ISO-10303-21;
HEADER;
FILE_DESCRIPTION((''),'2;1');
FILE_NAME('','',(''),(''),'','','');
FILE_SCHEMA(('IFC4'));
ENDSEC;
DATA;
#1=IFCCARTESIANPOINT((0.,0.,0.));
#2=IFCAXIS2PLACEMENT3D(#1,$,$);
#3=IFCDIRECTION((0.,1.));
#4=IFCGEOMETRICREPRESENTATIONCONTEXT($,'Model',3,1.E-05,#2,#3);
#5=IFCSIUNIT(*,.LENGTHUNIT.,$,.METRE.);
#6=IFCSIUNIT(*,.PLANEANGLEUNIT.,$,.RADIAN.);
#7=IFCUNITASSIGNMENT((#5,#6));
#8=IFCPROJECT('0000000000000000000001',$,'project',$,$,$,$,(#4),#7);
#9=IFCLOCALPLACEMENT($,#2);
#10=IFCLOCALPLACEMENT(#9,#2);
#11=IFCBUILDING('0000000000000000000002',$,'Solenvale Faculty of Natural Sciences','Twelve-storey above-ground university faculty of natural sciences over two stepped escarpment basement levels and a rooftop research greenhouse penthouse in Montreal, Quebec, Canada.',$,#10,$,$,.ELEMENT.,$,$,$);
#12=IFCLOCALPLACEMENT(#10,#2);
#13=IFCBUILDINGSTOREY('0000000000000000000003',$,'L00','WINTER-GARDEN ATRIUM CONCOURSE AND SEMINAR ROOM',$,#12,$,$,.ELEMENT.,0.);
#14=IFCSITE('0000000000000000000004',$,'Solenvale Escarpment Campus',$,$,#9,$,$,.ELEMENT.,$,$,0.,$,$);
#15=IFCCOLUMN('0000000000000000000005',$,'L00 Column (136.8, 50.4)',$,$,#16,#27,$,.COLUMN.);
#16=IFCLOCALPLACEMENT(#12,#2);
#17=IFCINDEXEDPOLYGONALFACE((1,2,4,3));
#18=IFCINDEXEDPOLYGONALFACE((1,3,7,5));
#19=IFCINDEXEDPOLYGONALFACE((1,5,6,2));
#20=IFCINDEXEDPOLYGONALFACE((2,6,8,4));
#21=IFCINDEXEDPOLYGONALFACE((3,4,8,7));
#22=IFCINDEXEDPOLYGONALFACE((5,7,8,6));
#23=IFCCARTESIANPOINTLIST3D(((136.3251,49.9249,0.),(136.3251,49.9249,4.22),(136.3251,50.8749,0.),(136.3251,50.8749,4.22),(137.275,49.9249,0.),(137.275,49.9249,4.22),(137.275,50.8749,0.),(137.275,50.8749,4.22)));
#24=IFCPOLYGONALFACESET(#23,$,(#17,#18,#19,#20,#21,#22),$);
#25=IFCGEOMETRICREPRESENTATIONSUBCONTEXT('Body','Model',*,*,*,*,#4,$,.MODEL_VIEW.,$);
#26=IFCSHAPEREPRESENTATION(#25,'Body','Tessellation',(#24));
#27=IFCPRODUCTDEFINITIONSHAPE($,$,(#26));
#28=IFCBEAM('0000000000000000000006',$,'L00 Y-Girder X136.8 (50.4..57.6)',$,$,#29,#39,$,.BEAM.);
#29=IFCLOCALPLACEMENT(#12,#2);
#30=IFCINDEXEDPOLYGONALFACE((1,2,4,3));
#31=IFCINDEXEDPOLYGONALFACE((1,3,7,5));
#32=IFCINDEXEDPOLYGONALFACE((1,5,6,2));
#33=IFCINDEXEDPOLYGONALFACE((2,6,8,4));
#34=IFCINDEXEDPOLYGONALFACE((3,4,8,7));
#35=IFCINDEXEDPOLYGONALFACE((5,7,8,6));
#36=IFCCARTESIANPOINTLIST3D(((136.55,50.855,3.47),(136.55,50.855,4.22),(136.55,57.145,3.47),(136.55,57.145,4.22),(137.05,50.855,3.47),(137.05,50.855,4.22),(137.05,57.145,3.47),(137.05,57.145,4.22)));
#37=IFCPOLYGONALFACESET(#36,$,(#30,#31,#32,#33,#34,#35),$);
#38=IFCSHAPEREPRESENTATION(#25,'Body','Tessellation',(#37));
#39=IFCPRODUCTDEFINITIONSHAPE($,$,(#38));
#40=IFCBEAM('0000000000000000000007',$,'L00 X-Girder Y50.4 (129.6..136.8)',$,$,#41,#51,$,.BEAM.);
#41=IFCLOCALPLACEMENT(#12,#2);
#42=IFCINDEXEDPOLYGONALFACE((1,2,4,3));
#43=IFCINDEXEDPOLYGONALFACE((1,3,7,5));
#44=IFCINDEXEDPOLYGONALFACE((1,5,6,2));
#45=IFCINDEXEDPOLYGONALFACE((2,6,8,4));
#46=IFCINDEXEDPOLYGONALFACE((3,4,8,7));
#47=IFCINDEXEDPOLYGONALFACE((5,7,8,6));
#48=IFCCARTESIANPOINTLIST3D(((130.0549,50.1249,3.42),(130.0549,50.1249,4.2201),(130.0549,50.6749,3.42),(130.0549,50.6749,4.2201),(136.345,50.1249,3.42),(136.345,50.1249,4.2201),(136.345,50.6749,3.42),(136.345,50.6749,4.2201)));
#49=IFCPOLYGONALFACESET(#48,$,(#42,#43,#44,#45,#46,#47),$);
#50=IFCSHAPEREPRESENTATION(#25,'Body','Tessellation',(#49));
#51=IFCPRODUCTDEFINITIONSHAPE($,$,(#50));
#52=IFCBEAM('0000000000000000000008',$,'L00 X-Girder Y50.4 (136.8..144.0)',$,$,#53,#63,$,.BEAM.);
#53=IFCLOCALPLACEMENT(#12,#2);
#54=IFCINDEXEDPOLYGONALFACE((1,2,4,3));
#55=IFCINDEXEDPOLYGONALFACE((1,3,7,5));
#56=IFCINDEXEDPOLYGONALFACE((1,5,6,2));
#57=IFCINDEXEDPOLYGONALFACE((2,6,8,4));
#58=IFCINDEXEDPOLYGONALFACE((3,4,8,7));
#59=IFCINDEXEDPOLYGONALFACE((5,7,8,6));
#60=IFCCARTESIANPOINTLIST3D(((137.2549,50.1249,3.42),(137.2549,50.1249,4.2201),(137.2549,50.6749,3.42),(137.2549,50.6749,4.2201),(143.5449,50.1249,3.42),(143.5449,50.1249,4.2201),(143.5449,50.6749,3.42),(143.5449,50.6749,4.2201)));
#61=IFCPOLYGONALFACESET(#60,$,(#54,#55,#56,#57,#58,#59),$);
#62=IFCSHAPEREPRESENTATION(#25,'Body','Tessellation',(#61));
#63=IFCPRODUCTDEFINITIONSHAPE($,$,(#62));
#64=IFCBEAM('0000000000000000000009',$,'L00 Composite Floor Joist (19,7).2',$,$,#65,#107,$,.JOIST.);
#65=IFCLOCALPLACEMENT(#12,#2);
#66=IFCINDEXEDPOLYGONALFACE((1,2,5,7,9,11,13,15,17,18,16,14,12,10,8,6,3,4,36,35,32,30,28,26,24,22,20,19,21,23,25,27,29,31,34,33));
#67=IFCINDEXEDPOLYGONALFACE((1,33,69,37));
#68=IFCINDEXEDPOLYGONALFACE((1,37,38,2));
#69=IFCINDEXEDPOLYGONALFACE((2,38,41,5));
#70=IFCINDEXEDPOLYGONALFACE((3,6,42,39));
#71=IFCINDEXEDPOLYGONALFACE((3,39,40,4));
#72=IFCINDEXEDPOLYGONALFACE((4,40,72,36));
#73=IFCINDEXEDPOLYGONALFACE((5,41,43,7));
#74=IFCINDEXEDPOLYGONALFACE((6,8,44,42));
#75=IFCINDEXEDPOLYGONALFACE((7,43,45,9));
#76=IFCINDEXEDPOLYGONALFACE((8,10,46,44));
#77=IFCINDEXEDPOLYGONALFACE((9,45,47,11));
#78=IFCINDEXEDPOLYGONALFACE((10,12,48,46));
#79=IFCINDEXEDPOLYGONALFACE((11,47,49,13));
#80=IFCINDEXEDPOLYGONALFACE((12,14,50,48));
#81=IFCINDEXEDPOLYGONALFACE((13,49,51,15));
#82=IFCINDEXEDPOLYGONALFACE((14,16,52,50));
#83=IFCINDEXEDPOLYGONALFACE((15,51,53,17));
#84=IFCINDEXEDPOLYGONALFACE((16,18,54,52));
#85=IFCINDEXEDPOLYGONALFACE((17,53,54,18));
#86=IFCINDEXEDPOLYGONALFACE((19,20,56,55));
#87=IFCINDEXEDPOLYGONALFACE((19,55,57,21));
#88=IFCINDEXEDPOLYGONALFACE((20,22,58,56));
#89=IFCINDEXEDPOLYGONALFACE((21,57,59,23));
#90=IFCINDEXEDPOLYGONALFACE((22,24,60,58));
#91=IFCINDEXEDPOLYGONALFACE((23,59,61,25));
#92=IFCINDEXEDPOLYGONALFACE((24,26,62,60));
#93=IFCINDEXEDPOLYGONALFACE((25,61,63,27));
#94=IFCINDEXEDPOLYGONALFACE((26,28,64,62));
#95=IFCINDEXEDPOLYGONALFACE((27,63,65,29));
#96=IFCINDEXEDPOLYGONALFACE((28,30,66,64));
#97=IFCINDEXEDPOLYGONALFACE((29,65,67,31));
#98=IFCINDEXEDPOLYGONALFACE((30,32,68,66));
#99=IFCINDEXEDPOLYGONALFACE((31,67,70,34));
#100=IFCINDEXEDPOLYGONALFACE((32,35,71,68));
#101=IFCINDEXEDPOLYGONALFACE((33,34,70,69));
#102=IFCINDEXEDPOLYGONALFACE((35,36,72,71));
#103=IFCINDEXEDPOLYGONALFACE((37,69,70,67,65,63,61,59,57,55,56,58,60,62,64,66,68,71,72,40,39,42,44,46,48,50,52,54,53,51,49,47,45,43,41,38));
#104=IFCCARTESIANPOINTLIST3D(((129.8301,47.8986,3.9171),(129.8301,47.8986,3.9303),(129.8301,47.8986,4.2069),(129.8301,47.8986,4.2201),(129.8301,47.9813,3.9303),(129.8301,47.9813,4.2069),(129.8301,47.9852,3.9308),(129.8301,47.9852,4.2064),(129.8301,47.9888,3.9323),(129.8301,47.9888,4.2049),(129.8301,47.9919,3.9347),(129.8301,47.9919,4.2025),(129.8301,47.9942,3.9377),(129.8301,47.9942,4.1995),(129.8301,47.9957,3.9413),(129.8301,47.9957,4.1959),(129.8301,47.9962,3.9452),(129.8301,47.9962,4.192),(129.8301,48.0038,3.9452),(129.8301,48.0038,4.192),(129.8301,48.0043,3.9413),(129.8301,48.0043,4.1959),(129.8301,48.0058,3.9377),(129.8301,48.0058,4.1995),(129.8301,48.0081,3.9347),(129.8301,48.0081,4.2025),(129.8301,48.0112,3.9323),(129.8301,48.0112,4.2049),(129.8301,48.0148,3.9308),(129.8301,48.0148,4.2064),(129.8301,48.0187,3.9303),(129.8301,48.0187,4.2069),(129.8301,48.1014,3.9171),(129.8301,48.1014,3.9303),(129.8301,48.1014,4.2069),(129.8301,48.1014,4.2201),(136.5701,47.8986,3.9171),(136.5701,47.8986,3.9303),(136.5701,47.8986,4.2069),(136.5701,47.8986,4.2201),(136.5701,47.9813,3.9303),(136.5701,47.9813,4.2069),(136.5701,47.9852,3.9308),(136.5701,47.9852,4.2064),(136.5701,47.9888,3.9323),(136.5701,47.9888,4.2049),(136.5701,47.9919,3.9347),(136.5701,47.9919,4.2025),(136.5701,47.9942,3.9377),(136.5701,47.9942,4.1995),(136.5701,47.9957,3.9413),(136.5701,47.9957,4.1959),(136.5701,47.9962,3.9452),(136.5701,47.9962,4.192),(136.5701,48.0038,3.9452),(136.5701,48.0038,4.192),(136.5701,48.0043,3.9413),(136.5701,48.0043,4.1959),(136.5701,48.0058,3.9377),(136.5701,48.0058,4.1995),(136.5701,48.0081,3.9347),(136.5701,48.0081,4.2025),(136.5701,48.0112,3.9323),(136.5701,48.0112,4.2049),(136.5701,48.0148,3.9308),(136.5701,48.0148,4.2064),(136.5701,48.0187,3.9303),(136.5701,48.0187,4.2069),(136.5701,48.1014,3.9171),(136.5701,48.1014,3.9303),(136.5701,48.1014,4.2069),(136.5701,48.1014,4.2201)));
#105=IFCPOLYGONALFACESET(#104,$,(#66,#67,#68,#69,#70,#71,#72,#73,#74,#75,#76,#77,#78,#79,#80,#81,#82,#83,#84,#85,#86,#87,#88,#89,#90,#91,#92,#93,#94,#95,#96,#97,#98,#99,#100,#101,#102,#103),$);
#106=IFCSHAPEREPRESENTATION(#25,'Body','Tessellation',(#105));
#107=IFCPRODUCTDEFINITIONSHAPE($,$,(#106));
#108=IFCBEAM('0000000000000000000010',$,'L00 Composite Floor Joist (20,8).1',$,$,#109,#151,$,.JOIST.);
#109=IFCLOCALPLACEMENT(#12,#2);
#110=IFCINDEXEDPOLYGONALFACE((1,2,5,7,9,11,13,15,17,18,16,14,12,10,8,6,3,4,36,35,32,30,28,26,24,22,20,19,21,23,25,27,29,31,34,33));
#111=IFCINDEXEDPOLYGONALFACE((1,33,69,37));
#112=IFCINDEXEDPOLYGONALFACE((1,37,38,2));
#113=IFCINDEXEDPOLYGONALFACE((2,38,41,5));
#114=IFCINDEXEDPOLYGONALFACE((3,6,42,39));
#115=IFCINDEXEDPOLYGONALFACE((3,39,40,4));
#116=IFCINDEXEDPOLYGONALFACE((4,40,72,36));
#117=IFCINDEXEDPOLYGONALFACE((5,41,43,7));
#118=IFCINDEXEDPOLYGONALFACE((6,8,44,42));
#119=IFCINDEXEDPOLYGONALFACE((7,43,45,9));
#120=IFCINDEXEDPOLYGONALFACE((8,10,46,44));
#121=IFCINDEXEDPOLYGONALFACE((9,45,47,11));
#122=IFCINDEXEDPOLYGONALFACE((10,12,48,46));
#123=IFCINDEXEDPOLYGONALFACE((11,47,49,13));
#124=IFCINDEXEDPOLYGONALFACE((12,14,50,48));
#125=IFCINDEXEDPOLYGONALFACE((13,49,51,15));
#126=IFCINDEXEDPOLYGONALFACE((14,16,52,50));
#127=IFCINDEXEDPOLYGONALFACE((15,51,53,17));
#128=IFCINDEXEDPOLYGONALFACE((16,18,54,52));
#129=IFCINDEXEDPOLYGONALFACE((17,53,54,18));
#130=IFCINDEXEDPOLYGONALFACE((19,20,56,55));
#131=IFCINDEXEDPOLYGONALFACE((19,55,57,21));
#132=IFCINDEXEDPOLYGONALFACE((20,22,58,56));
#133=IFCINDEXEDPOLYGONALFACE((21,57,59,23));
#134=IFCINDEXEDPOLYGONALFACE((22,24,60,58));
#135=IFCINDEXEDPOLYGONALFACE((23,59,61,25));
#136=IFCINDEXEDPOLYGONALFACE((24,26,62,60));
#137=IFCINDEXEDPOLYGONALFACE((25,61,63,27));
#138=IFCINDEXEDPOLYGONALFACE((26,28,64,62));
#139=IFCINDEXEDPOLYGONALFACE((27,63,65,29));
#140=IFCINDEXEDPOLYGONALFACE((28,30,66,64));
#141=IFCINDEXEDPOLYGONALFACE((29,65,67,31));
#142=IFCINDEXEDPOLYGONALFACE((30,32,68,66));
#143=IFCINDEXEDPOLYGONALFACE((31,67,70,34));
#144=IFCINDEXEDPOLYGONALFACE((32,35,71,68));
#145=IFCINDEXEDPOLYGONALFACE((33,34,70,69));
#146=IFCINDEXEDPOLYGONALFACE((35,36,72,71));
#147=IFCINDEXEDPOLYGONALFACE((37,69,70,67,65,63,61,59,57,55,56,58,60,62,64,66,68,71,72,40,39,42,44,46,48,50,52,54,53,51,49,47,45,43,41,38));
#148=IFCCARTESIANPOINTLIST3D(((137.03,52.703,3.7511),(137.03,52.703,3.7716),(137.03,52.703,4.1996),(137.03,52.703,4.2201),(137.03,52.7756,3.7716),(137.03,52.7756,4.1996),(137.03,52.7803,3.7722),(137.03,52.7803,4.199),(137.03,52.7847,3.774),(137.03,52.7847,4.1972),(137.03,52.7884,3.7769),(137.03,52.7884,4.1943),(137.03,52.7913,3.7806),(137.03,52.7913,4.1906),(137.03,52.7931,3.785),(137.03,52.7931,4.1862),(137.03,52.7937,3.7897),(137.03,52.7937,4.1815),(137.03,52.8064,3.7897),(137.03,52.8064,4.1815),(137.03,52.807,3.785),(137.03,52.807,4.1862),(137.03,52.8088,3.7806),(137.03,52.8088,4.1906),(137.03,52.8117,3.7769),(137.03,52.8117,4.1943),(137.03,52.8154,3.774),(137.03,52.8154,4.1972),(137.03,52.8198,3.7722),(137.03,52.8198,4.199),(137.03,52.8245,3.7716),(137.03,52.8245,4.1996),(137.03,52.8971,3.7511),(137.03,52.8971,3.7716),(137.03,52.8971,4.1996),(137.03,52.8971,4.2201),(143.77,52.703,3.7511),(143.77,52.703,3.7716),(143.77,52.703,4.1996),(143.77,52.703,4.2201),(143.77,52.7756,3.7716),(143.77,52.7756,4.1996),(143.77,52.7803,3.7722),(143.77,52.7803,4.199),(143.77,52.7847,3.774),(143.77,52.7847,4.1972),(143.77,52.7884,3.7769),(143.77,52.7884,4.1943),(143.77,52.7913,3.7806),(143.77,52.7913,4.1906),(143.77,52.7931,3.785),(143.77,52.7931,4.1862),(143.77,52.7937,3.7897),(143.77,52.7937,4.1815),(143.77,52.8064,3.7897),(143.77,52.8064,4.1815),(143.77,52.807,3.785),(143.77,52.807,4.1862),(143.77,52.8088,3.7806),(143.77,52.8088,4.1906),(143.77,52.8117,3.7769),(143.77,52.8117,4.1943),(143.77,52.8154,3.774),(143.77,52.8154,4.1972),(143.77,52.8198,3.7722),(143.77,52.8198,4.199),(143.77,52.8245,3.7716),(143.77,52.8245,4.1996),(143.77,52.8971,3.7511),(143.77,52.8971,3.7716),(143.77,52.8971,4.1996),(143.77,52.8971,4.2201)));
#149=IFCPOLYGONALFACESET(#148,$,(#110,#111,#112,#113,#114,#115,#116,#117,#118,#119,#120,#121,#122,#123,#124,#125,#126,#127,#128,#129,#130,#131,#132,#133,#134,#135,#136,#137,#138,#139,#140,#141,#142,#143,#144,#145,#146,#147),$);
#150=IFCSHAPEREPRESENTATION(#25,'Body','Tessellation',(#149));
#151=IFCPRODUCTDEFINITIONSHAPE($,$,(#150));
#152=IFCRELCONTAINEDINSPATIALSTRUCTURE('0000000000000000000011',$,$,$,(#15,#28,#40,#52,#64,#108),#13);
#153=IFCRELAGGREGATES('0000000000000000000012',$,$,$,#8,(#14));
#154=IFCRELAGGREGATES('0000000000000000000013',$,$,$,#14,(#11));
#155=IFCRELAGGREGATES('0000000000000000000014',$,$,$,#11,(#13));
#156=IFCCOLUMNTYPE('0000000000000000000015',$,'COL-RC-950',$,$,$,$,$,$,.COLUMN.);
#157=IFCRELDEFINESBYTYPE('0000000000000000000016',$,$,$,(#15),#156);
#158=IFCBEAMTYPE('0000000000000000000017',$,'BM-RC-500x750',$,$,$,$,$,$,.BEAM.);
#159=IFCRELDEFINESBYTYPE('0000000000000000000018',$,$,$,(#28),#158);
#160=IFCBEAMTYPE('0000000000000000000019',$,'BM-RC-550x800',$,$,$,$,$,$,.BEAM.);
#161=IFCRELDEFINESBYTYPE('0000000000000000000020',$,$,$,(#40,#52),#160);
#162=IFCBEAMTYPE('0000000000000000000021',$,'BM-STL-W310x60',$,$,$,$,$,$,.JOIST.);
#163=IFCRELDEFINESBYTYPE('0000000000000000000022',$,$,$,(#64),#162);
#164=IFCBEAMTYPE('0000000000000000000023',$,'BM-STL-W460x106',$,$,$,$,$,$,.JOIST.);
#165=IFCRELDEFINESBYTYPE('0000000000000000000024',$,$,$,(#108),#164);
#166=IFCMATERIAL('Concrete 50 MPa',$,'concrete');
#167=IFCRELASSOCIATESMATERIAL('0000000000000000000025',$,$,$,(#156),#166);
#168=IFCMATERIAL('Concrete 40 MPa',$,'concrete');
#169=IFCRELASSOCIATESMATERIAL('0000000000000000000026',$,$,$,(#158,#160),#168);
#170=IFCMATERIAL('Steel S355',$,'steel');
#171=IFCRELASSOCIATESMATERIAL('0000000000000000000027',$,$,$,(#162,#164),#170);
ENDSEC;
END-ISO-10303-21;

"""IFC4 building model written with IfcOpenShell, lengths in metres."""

from ifc_helpers import new_model, si_unit, direction, frame, origin, origin_2d, place, context, subcontext, project, spatial, rectangle, i_section, extrude, material, material_profile, profile_set, type_object, element, save


model = new_model("IFC4")

# Units and contexts
model_context = context("Model", 3, precision=1e-05, world=origin(), true_north=direction((0.0, 1.0)))
body_context = subcontext(model_context, "Body", "Model", "MODEL_VIEW")
ifc_project = project(units=[si_unit("LENGTHUNIT", "METRE"), si_unit("PLANEANGLEUNIT", "RADIAN")], contexts=[model_context])

# Site, building, storey
site_placement = place(None, origin())
site = spatial("IfcSite", under=ifc_project, at=site_placement, Name="Solenvale Escarpment Campus", CompositionType="ELEMENT", RefElevation=0.0)
building_placement = place(site_placement, origin())
building = spatial("IfcBuilding", under=site, at=building_placement, Name="Solenvale Faculty of Natural Sciences", Description="Twelve-storey above-ground university faculty of natural sciences over two stepped escarpment basement levels and a rooftop research greenhouse penthouse in Montreal, Quebec, Canada.", CompositionType="ELEMENT")
storey_placement = place(building_placement, origin())
storey = spatial("IfcBuildingStorey", under=building, at=storey_placement, Name="L00", Description="WINTER-GARDEN ATRIUM CONCOURSE AND SEMINAR ROOM", CompositionType="ELEMENT", Elevation=0.0)

# Column
ifc_material_1 = material(Name="Concrete 50 MPa", Category="concrete")
ifc_material_profile_1 = material_profile(ifc_material_1, rectangle(XDim=0.95, YDim=0.95, at=origin_2d()), Name="RC-COL-950x950")
ifc_profile_set_1 = profile_set([ifc_material_profile_1], Name="Concrete 50 MPa")
column_type = type_object("IfcColumnType", Name="COL-RC-950", PredefinedType="COLUMN", material=ifc_profile_set_1)
column_placement = place(storey_placement, frame((136.8, 50.3999, 0.0), z_axis=(0.0, 0.0, 1.0), x_axis=(1.0, 0.0, 0.0)))
element("IfcColumn", 1, at=column_placement, inside=storey, type_object=column_type, Name="L00 Column (136.8, 50.4)", PredefinedType="COLUMN", context=body_context, shape_type="SweptSolid", body=[
    extrude(rectangle(XDim=0.95, YDim=0.95, at=origin_2d()), origin(), (0.0, 0.0, 1.0), 4.22),
])

# Beams
ifc_material_2 = material(Name="Concrete 40 MPa", Category="concrete")
ifc_material_profile_2 = material_profile(ifc_material_2, rectangle(XDim=0.5, YDim=0.75, at=origin_2d()), Name="RC-BM-500x750")
ifc_profile_set_2 = profile_set([ifc_material_profile_2], Name="Concrete 40 MPa")
beam_type_1 = type_object("IfcBeamType", Name="BM-RC-500x750", PredefinedType="BEAM", material=ifc_profile_set_2)
beam_1_placement = place(storey_placement, frame((136.8, 50.855, 3.845), z_axis=(0.0, 1.0, 0.0), x_axis=(-1.0, 0.0, 0.0)))
element("IfcBeam", 2, at=beam_1_placement, inside=storey, type_object=beam_type_1, Name="L00 Y-Girder X136.8 (50.4..57.6)", PredefinedType="BEAM", context=body_context, shape_type="SweptSolid", body=[
    extrude(rectangle(XDim=0.5, YDim=0.75, at=origin_2d()), origin(), (0.0, 0.0, 1.0), 6.29),
])
ifc_material_profile_3 = material_profile(ifc_material_2, rectangle(XDim=0.55, YDim=0.8, at=origin_2d()), Name="RC-BM-550x800")
ifc_profile_set_3 = profile_set([ifc_material_profile_3], Name="Concrete 40 MPa")
beam_type_2 = type_object("IfcBeamType", Name="BM-RC-550x800", PredefinedType="BEAM", material=ifc_profile_set_3)
for number, where, z_axis, x_axis, name in (
    (3, (130.0549, 50.3999, 3.8201), (1.0, 0.0, 0.0), (0.0, 1.0, 0.0), "L00 X-Girder Y50.4 (129.6..136.8)"),
    (4, (137.2549, 50.3999, 3.8201), (1.0, 0.0, 0.0), (0.0, 1.0, 0.0), "L00 X-Girder Y50.4 (136.8..144.0)"),
):
    element("IfcBeam", number, at=place(storey_placement, frame(where, z_axis=z_axis, x_axis=x_axis)), inside=storey, type_object=beam_type_2, Name=name, PredefinedType="BEAM", context=body_context, shape_type="SweptSolid", body=[
        extrude(rectangle(XDim=0.55, YDim=0.8, at=origin_2d()), origin(), (0.0, 0.0, 1.0), 6.29),
    ])
ifc_material_3 = material(Name="Steel S355", Category="steel")
ifc_material_profile_4 = material_profile(ifc_material_3, i_section(OverallWidth=0.2029, OverallDepth=0.303, WebThickness=0.0076, FlangeThickness=0.0132, FilletRadius=0.0149, at=origin_2d()), Name="W310x60")
ifc_profile_set_4 = profile_set([ifc_material_profile_4], Name="Steel S355")
beam_type_3 = type_object("IfcBeamType", Name="BM-STL-W310x60", PredefinedType="JOIST", material=ifc_profile_set_4)
beam_2_placement = place(storey_placement, frame((129.8301, 48.0, 4.0686), z_axis=(1.0, 0.0, 0.0), x_axis=(0.0, 1.0, 0.0)))
element("IfcBeam", 5, at=beam_2_placement, inside=storey, type_object=beam_type_3, Name="L00 Composite Floor Joist (19,7).2", PredefinedType="JOIST", context=body_context, shape_type="SweptSolid", body=[
    extrude(i_section(OverallWidth=0.2029, OverallDepth=0.303, WebThickness=0.0076, FlangeThickness=0.0132, FilletRadius=0.0149, at=origin_2d()), origin(), (0.0, 0.0, 1.0), 6.74),
])
ifc_material_profile_5 = material_profile(ifc_material_3, i_section(OverallWidth=0.1941, OverallDepth=0.469, WebThickness=0.0127, FlangeThickness=0.0205, FilletRadius=0.0181, at=origin_2d()), Name="W460x106")
ifc_profile_set_5 = profile_set([ifc_material_profile_5], Name="Steel S355")
beam_type_4 = type_object("IfcBeamType", Name="BM-STL-W460x106", PredefinedType="JOIST", material=ifc_profile_set_5)
for number, where, z_axis, x_axis, name in (
    (6, (137.03, 52.8, 3.9856), (1.0, 0.0, 0.0), (0.0, 1.0, 0.0), "L00 Composite Floor Joist (20,8).1"),
):
    element("IfcBeam", number, at=place(storey_placement, frame(where, z_axis=z_axis, x_axis=x_axis)), inside=storey, type_object=beam_type_4, Name=name, PredefinedType="JOIST", context=body_context, shape_type="SweptSolid", body=[
        extrude(i_section(OverallWidth=0.1941, OverallDepth=0.469, WebThickness=0.0127, FlangeThickness=0.0205, FilletRadius=0.0181, at=origin_2d()), origin(), (0.0, 0.0, 1.0), 6.74),
    ])

save(model, "model.ifc")
